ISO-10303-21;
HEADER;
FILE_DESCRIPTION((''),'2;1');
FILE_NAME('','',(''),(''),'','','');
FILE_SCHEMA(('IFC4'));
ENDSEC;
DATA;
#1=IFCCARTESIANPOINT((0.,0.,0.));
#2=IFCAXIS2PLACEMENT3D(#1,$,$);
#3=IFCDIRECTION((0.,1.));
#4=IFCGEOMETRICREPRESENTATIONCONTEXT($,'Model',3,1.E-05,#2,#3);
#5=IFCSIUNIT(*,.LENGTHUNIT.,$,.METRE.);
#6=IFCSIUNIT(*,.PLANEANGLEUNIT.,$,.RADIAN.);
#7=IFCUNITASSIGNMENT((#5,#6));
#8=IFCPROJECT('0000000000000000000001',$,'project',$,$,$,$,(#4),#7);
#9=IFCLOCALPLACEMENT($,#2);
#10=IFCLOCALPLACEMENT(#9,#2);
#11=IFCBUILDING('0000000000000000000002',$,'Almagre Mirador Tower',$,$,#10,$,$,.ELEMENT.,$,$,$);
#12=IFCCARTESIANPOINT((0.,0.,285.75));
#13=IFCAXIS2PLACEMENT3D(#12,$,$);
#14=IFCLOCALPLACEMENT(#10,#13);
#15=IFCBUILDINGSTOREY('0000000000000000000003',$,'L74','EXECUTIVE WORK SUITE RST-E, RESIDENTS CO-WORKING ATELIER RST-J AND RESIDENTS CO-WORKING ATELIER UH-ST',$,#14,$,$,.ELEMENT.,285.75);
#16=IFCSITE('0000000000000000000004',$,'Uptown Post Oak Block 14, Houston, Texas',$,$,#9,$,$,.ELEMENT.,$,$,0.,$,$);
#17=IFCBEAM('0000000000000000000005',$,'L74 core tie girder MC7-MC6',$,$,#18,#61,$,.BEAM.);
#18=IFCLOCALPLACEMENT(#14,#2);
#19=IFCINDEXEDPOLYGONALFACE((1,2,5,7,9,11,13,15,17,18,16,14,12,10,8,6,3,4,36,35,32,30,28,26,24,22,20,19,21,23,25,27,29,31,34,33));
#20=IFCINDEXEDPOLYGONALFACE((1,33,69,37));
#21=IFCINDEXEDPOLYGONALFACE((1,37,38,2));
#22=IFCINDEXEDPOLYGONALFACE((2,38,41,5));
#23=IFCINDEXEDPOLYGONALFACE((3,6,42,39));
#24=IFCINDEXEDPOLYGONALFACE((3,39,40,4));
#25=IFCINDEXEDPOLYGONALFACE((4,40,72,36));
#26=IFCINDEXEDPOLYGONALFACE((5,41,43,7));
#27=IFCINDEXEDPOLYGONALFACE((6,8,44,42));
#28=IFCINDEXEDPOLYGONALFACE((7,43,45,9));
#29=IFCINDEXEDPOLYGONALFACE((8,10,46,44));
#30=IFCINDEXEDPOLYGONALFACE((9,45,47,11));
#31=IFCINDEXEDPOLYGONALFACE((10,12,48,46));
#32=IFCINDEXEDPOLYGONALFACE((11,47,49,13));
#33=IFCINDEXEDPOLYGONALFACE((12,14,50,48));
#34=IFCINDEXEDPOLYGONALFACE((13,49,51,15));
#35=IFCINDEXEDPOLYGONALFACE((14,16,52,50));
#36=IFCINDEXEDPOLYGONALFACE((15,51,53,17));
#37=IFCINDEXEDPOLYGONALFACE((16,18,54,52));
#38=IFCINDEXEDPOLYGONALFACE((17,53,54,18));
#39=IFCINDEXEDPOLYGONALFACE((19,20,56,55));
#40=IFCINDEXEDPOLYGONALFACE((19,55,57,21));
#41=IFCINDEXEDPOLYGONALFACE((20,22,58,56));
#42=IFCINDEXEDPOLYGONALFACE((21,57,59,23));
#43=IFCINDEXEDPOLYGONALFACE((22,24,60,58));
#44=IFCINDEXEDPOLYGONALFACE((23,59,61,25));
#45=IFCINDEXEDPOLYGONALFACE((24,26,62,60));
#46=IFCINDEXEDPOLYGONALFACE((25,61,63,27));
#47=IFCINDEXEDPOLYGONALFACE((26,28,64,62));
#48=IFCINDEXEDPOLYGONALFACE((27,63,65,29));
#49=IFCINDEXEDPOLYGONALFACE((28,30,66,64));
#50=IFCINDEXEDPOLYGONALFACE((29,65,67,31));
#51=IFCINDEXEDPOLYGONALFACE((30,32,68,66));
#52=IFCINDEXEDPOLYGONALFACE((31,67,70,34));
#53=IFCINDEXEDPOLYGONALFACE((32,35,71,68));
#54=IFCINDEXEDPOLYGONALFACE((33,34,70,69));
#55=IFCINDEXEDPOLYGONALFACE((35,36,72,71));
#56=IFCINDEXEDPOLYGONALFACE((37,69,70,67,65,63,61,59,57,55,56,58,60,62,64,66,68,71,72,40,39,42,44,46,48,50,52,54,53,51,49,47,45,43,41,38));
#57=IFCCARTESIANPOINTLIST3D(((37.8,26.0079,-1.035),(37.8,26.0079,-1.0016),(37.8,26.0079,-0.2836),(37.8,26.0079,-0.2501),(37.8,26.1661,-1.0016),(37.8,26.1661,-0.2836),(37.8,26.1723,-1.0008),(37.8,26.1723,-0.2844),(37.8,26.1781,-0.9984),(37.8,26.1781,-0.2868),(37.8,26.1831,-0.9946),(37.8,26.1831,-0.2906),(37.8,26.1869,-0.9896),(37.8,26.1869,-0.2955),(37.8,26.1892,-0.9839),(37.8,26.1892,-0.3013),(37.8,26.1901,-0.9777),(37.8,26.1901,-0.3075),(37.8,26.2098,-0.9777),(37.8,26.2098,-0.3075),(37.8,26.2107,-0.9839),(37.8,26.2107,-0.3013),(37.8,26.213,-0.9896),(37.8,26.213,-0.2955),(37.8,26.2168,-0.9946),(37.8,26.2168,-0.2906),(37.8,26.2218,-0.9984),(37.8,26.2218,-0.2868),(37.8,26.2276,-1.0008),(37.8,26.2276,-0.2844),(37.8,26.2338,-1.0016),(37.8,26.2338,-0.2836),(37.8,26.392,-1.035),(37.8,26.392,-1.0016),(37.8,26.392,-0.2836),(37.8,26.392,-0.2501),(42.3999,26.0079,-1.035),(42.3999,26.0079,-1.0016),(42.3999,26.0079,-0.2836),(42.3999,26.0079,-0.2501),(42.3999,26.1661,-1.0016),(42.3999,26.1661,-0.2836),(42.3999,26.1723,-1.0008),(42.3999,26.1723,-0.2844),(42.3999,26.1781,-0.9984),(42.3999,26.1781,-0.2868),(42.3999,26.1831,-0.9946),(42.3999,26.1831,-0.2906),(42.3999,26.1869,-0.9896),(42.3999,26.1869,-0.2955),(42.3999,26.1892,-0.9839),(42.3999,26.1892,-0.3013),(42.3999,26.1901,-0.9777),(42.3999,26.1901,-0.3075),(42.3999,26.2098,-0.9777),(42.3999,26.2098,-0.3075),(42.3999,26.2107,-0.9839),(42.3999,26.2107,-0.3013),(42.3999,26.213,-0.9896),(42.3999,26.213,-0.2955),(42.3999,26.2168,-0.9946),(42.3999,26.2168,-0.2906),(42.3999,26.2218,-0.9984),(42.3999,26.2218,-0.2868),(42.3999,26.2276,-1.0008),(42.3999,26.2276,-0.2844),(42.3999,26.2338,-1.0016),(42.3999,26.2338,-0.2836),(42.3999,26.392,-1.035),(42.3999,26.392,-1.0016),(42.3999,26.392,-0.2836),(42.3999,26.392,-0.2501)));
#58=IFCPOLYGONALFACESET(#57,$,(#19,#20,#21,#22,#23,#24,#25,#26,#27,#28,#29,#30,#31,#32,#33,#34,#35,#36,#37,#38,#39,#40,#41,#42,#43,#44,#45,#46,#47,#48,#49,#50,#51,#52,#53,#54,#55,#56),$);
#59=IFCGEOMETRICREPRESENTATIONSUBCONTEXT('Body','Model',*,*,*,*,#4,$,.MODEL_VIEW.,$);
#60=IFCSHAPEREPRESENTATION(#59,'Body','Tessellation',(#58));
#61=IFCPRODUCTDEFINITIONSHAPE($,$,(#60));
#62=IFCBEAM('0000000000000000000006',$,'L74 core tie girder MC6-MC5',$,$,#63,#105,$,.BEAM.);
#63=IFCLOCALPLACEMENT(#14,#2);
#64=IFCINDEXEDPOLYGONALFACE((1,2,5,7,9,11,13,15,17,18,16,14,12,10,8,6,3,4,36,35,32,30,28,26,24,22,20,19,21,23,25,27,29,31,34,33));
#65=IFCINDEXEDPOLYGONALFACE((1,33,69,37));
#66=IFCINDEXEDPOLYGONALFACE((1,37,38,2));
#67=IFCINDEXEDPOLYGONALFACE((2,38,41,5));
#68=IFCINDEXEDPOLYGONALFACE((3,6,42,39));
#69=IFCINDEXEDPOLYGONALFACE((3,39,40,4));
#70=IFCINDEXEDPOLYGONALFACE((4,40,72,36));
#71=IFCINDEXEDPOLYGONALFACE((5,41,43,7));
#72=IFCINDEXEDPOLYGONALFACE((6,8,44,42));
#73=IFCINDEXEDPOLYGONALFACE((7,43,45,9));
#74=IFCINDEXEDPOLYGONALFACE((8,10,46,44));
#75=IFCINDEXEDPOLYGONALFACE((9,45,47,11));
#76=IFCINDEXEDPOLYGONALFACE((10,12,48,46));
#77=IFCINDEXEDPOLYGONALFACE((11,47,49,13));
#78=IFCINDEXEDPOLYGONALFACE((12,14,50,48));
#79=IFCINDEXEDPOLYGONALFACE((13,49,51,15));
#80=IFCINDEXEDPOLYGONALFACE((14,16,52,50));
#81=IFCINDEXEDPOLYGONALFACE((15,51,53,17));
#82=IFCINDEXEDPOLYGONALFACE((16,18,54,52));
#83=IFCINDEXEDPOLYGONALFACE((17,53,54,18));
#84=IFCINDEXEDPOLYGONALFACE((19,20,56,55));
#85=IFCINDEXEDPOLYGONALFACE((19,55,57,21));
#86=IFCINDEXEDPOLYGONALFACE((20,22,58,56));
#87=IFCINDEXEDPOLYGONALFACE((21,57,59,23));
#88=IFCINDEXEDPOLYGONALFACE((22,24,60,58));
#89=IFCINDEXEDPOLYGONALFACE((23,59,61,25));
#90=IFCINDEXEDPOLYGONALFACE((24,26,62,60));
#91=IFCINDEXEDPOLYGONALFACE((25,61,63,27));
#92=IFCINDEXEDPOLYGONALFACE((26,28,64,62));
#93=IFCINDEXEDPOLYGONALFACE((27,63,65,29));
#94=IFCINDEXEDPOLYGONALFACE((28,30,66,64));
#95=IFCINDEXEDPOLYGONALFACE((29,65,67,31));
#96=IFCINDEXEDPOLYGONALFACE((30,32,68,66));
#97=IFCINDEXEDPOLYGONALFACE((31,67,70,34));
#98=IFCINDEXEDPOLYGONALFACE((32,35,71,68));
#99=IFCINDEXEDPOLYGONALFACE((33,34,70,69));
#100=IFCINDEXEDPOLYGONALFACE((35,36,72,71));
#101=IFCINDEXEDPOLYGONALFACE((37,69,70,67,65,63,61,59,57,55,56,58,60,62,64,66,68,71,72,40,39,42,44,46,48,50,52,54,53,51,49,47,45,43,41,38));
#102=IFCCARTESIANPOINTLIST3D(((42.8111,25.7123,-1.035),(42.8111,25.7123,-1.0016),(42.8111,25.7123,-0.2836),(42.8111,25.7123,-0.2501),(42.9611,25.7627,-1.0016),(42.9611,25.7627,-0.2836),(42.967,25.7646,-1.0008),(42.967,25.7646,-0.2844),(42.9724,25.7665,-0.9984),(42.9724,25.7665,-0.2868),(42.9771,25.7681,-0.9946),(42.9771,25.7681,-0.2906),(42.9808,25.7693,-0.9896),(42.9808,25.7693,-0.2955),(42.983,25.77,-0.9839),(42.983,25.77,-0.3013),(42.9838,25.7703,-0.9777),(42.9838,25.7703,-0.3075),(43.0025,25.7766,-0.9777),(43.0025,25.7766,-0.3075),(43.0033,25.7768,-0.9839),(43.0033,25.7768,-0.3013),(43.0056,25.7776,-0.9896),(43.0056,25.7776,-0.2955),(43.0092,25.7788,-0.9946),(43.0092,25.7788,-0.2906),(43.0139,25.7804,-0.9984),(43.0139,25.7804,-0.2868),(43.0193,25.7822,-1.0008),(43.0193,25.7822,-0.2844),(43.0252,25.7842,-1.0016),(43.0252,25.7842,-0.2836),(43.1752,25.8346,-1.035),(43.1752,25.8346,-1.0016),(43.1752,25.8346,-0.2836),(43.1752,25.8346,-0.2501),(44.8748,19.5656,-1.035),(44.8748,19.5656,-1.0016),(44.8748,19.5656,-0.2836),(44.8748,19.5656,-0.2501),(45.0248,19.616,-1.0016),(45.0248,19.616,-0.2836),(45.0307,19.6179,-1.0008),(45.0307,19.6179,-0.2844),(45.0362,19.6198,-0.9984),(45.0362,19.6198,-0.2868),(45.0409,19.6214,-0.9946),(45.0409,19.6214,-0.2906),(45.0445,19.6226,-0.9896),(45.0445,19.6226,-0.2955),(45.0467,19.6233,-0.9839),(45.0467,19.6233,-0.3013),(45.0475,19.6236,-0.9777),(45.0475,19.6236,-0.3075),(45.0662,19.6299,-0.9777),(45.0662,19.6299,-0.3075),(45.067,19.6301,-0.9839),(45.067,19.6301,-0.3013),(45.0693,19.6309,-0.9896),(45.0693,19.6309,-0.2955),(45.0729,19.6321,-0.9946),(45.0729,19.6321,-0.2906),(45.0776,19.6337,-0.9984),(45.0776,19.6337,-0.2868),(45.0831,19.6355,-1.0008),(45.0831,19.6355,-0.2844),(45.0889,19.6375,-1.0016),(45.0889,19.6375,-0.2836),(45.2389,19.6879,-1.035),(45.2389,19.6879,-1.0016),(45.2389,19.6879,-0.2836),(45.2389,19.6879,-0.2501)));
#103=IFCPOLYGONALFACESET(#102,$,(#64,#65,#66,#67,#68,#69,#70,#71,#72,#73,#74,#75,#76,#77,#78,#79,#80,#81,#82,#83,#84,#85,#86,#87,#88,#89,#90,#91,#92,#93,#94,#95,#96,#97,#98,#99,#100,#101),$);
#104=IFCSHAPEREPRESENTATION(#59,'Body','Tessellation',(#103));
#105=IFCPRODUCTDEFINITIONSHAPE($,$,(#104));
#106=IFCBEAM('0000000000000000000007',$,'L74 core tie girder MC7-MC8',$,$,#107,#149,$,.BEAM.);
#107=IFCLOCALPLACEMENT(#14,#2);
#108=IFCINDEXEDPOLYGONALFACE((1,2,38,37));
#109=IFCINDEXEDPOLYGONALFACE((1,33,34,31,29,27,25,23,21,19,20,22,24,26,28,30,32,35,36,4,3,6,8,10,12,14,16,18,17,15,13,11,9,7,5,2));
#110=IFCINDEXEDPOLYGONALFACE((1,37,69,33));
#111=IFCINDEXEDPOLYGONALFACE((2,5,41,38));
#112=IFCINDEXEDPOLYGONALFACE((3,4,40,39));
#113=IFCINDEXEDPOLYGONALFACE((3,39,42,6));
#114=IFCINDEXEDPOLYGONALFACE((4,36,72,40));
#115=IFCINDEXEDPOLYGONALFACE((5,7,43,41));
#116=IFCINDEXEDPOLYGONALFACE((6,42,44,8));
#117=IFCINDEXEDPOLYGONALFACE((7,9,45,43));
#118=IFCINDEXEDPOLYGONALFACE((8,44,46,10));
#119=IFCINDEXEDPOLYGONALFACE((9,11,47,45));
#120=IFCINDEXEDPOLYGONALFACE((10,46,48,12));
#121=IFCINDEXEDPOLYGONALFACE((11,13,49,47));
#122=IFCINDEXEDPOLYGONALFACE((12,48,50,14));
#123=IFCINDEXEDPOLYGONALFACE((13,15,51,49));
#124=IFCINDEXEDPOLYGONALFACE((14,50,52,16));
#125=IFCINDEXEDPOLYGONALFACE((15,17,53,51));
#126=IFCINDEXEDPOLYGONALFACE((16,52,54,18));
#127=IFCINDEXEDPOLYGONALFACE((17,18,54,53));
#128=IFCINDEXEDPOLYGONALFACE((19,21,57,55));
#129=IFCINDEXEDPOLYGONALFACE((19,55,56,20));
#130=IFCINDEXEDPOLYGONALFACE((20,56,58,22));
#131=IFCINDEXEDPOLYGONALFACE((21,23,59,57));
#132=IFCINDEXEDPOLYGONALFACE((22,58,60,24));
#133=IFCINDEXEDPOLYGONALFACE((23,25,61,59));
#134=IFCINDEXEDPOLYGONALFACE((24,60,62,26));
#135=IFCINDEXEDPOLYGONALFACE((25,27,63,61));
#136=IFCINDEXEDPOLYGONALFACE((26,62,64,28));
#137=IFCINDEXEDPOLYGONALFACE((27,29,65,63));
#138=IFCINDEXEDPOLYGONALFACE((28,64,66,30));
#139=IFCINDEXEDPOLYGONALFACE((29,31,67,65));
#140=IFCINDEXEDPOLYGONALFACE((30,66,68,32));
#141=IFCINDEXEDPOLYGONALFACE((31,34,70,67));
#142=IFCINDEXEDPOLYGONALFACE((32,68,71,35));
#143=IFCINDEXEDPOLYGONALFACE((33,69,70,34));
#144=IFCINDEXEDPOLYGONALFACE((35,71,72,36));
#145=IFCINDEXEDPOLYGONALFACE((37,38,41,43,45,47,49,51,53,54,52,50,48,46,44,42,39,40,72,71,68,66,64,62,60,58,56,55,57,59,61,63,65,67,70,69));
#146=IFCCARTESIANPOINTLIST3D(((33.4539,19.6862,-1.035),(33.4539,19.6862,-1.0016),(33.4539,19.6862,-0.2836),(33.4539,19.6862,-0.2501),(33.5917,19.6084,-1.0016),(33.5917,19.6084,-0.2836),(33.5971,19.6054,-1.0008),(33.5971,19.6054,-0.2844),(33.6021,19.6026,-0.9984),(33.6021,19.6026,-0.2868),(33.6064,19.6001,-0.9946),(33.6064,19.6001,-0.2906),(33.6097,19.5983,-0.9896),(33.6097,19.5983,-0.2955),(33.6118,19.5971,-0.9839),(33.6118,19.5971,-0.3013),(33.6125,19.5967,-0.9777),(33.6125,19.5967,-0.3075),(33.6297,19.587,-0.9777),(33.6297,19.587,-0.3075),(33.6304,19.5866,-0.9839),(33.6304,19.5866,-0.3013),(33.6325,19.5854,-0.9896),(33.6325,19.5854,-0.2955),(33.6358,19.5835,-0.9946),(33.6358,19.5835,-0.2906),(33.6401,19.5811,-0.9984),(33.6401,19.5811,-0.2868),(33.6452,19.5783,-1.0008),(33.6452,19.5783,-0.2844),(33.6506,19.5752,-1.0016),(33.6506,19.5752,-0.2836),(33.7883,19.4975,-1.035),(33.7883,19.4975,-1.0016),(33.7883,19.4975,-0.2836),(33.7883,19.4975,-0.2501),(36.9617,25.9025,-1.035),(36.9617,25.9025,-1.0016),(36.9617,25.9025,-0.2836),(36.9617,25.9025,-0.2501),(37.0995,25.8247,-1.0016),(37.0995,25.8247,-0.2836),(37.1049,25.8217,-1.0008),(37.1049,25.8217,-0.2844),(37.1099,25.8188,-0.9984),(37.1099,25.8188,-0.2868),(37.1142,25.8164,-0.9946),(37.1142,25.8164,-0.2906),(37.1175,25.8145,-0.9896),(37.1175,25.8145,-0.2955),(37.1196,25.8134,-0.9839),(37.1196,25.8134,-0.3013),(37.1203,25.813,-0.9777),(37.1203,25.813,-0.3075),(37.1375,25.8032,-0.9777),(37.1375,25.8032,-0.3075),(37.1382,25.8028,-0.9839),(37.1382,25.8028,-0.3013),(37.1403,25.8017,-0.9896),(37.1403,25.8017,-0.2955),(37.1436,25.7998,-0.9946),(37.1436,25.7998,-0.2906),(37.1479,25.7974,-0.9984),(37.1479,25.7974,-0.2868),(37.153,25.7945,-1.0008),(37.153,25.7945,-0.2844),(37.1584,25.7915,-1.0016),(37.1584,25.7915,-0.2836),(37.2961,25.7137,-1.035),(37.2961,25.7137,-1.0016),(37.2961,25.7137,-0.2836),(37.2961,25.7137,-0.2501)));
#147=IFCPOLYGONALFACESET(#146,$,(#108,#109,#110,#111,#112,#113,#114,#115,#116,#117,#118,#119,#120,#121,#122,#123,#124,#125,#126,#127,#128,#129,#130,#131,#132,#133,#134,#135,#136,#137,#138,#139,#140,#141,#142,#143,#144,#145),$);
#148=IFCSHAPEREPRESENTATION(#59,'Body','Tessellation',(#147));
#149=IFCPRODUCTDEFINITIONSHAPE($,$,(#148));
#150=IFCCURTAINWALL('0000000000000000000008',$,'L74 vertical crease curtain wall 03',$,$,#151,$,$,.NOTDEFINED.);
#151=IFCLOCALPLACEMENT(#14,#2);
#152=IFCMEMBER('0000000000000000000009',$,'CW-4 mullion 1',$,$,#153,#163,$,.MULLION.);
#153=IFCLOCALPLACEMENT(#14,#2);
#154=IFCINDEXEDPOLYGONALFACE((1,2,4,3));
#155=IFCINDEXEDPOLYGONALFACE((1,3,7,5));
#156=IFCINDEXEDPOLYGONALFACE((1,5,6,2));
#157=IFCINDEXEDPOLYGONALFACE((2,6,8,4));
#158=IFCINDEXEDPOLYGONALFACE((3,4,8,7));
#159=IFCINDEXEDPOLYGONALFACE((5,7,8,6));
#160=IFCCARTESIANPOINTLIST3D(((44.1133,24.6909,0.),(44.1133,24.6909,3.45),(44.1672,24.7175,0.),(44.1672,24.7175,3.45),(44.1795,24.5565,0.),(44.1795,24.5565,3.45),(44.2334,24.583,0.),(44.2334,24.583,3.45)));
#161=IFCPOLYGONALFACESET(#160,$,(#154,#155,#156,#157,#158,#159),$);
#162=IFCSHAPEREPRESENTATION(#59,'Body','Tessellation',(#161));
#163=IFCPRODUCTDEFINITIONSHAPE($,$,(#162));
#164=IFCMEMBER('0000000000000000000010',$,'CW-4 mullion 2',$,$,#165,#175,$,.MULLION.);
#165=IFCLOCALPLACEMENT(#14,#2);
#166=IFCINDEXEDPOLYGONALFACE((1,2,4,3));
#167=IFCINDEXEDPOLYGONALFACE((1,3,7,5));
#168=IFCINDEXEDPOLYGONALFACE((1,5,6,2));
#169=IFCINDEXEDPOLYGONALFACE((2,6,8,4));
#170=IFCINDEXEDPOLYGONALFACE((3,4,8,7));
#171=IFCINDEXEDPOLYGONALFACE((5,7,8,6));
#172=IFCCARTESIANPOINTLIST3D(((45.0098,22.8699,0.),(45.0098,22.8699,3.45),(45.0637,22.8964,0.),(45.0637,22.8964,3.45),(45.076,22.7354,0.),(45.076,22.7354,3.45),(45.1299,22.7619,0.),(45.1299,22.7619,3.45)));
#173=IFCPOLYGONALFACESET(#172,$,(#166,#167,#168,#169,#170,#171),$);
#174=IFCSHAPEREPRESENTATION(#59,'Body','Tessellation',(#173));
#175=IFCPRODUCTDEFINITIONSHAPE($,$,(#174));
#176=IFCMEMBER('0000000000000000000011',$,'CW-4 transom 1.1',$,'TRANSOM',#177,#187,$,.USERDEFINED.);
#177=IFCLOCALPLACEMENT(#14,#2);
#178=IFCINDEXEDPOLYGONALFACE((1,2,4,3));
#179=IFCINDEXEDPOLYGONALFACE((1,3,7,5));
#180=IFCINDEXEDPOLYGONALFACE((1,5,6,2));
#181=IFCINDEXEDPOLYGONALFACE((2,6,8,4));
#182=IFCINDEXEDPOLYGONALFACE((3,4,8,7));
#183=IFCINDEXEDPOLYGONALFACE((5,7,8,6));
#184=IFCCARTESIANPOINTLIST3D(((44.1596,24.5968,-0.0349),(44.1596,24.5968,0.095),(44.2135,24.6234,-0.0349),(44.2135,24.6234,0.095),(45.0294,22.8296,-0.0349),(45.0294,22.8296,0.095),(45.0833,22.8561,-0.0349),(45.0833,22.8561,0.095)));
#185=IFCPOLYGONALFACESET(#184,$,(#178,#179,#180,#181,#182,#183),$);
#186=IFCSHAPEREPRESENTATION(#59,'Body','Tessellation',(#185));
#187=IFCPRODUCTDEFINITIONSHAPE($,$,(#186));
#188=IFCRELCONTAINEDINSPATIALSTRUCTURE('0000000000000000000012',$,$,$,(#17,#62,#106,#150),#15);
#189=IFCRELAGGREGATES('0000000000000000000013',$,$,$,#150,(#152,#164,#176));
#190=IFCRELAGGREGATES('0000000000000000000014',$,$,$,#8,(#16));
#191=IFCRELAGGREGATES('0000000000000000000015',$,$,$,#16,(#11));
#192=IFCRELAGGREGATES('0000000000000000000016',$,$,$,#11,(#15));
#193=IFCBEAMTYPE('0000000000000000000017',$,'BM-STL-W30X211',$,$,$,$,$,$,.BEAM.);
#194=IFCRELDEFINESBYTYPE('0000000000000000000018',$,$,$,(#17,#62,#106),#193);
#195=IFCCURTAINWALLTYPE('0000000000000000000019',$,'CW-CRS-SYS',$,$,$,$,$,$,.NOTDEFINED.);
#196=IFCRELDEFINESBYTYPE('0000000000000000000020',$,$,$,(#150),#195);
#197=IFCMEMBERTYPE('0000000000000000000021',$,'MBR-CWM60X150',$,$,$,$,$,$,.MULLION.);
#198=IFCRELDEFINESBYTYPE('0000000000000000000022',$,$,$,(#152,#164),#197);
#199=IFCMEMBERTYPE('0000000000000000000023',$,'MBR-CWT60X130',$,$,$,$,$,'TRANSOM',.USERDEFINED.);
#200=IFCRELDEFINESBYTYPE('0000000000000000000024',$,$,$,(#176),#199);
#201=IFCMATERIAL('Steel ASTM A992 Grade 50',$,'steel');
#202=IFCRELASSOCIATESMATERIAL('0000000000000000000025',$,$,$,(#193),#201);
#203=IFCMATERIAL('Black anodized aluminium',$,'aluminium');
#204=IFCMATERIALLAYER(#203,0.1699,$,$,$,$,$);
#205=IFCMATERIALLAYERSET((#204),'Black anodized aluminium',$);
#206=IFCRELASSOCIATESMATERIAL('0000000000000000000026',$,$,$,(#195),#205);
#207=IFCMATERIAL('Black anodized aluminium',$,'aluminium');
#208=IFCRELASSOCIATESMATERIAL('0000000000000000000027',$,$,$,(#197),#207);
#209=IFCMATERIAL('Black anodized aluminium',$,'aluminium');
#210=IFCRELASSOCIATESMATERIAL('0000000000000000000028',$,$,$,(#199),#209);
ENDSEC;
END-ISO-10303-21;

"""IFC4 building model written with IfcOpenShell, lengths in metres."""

from ifc_helpers import new_model, si_unit, direction, frame, origin, origin_2d, place, context, subcontext, project, spatial, rectangle, i_section, extrude, material, layer, layer_set, material_profile, profile_set, type_object, element, aggregate, save


model = new_model("IFC4")

# Units and contexts
model_context = context("Model", 3, precision=1e-05, world=origin(), true_north=direction((0.0, 1.0)))
body_context = subcontext(model_context, "Body", "Model", "MODEL_VIEW")
ifc_project = project(units=[si_unit("LENGTHUNIT", "METRE"), si_unit("PLANEANGLEUNIT", "RADIAN")], contexts=[model_context])

# Site, building, storey
site_placement = place(None, origin())
site = spatial("IfcSite", under=ifc_project, at=site_placement, Name="Uptown Post Oak Block 14, Houston, Texas", CompositionType="ELEMENT", RefElevation=0.0)
building_placement = place(site_placement, origin())
building = spatial("IfcBuilding", under=site, at=building_placement, Name="Almagre Mirador Tower", CompositionType="ELEMENT")
storey_placement = place(building_placement, frame((0.0, 0.0, 285.75)))
storey = spatial("IfcBuildingStorey", under=building, at=storey_placement, Name="L74", Description="EXECUTIVE WORK SUITE RST-E, RESIDENTS CO-WORKING ATELIER RST-J AND RESIDENTS CO-WORKING ATELIER UH-ST", CompositionType="ELEMENT", Elevation=285.75)

# Beams
ifc_material_1 = material(Name="Steel ASTM A992 Grade 50", Category="steel")
ifc_material_profile_1 = material_profile(ifc_material_1, i_section(OverallWidth=0.384, OverallDepth=0.7849, WebThickness=0.0198, FlangeThickness=0.0334, FilletRadius=0.0239, at=origin_2d()), Name="W30X211")
ifc_profile_set_1 = profile_set([ifc_material_profile_1], Name="Steel ASTM A992 Grade 50")
beam_type_1 = type_object("IfcBeamType", Name="BM-STL-W30X211", PredefinedType="BEAM", material=ifc_profile_set_1)
beam_1_placement = place(storey_placement, frame((37.8, 26.2, -0.6426), z_axis=(1.0, 0.0, 0.0), x_axis=(0.0, 1.0, 0.0)))
element("IfcBeam", 1, at=beam_1_placement, inside=storey, type_object=beam_type_1, Name="L74 core tie girder MC7-MC6", PredefinedType="BEAM", context=body_context, shape_type="SweptSolid", body=[
    extrude(i_section(OverallWidth=0.384, OverallDepth=0.7849, WebThickness=0.0198, FlangeThickness=0.0334, FilletRadius=0.0239, at=origin_2d()), origin(), (0.0, 0.0, 1.0), 4.5999),
])
beam_2_placement = place(storey_placement, frame((42.9932, 25.7734, -0.6426), z_axis=(0.318283, -0.947996, 0.0), x_axis=(0.947996, 0.318283, 0.0)))
element("IfcBeam", 2, at=beam_2_placement, inside=storey, type_object=beam_type_1, Name="L74 core tie girder MC6-MC5", PredefinedType="BEAM", context=body_context, shape_type="SweptSolid", body=[
    extrude(i_section(OverallWidth=0.384, OverallDepth=0.7849, WebThickness=0.0198, FlangeThickness=0.0334, FilletRadius=0.0239, at=origin_2d()), origin(), (0.0, 0.0, 1.0), 6.4839),
])
beam_3_placement = place(storey_placement, frame((37.1289, 25.8081, -0.6426), z_axis=(-0.491446, -0.870908, 0.0), x_axis=(0.870908, -0.491446, 0.0)))
element("IfcBeam", 3, at=beam_3_placement, inside=storey, type_object=beam_type_1, Name="L74 core tie girder MC7-MC8", PredefinedType="BEAM", context=body_context, shape_type="SweptSolid", body=[
    extrude(i_section(OverallWidth=0.384, OverallDepth=0.7849, WebThickness=0.0198, FlangeThickness=0.0334, FilletRadius=0.0239, at=origin_2d()), origin(), (0.0, 0.0, 1.0), 7.1377),
])

# Curtain wall, members
ifc_material_2 = material(Name="Black anodized aluminium", Category="aluminium")
ifc_layer_1 = layer(ifc_material_2, 0.1699)
ifc_layer_set_1 = layer_set([ifc_layer_1], Name="Black anodized aluminium")
curtain_wall_type = type_object("IfcCurtainWallType", Name="CW-CRS-SYS", PredefinedType="NOTDEFINED", material=ifc_layer_set_1)
curtain_wall_placement = place(storey_placement, origin())
curtain_wall = element("IfcCurtainWall", 4, at=curtain_wall_placement, inside=storey, type_object=curtain_wall_type, Name="L74 vertical crease curtain wall 03", PredefinedType="NOTDEFINED")
ifc_material_3 = material(Name="Black anodized aluminium", Category="aluminium")
ifc_material_profile_2 = material_profile(ifc_material_3, rectangle(XDim=0.0601, YDim=0.1499, at=origin_2d()), Name="CWM60X150")
ifc_profile_set_2 = profile_set([ifc_material_profile_2], Name="Black anodized aluminium")
member_type_1 = type_object("IfcMemberType", Name="MBR-CWM60X150", PredefinedType="MULLION", material=ifc_profile_set_2)
member_1_placement = place(storey_placement, frame((44.1733, 24.637, 0.0), z_axis=(0.0, 0.0, 1.0), x_axis=(0.897185, 0.441654, 0.0)))
member_1 = element("IfcMember", 5, at=member_1_placement, type_object=member_type_1, Name="CW-4 mullion 1", PredefinedType="MULLION", context=body_context, shape_type="SweptSolid", body=[
    extrude(rectangle(XDim=0.0601, YDim=0.1499, at=origin_2d()), origin(), (0.0, 0.0, 1.0), 3.45),
])
member_2_placement = place(storey_placement, frame((45.0698, 22.8159, 0.0), z_axis=(0.0, 0.0, 1.0), x_axis=(0.897185, 0.441654, 0.0)))
member_2 = element("IfcMember", 6, at=member_2_placement, type_object=member_type_1, Name="CW-4 mullion 2", PredefinedType="MULLION", context=body_context, shape_type="SweptSolid", body=[
    extrude(rectangle(XDim=0.0601, YDim=0.1499, at=origin_2d()), origin(), (0.0, 0.0, 1.0), 3.45),
])
ifc_material_4 = material(Name="Black anodized aluminium", Category="aluminium")
ifc_material_profile_3 = material_profile(ifc_material_4, rectangle(XDim=0.0601, YDim=0.1299, at=origin_2d()), Name="CWT60X130")
ifc_profile_set_3 = profile_set([ifc_material_profile_3], Name="Black anodized aluminium")
member_type_2 = type_object("IfcMemberType", Name="MBR-CWT60X130", ElementType="TRANSOM", PredefinedType="USERDEFINED", material=ifc_profile_set_3)
member_3_placement = place(storey_placement, frame((44.1865, 24.6101, 0.03), z_axis=(0.441603, -0.897211, 0.0), x_axis=(0.897211, 0.441603, 0.0)))
member_3 = element("IfcMember", 7, at=member_3_placement, type_object=member_type_2, Name="CW-4 transom 1.1", ObjectType="TRANSOM", PredefinedType="USERDEFINED", context=body_context, shape_type="SweptSolid", body=[
    extrude(rectangle(XDim=0.0601, YDim=0.1299, at=origin_2d()), origin(), (0.0, 0.0, 1.0), 1.9697),
])
aggregate(curtain_wall, [member_1, member_2, member_3])

save(model, "model.ifc")
